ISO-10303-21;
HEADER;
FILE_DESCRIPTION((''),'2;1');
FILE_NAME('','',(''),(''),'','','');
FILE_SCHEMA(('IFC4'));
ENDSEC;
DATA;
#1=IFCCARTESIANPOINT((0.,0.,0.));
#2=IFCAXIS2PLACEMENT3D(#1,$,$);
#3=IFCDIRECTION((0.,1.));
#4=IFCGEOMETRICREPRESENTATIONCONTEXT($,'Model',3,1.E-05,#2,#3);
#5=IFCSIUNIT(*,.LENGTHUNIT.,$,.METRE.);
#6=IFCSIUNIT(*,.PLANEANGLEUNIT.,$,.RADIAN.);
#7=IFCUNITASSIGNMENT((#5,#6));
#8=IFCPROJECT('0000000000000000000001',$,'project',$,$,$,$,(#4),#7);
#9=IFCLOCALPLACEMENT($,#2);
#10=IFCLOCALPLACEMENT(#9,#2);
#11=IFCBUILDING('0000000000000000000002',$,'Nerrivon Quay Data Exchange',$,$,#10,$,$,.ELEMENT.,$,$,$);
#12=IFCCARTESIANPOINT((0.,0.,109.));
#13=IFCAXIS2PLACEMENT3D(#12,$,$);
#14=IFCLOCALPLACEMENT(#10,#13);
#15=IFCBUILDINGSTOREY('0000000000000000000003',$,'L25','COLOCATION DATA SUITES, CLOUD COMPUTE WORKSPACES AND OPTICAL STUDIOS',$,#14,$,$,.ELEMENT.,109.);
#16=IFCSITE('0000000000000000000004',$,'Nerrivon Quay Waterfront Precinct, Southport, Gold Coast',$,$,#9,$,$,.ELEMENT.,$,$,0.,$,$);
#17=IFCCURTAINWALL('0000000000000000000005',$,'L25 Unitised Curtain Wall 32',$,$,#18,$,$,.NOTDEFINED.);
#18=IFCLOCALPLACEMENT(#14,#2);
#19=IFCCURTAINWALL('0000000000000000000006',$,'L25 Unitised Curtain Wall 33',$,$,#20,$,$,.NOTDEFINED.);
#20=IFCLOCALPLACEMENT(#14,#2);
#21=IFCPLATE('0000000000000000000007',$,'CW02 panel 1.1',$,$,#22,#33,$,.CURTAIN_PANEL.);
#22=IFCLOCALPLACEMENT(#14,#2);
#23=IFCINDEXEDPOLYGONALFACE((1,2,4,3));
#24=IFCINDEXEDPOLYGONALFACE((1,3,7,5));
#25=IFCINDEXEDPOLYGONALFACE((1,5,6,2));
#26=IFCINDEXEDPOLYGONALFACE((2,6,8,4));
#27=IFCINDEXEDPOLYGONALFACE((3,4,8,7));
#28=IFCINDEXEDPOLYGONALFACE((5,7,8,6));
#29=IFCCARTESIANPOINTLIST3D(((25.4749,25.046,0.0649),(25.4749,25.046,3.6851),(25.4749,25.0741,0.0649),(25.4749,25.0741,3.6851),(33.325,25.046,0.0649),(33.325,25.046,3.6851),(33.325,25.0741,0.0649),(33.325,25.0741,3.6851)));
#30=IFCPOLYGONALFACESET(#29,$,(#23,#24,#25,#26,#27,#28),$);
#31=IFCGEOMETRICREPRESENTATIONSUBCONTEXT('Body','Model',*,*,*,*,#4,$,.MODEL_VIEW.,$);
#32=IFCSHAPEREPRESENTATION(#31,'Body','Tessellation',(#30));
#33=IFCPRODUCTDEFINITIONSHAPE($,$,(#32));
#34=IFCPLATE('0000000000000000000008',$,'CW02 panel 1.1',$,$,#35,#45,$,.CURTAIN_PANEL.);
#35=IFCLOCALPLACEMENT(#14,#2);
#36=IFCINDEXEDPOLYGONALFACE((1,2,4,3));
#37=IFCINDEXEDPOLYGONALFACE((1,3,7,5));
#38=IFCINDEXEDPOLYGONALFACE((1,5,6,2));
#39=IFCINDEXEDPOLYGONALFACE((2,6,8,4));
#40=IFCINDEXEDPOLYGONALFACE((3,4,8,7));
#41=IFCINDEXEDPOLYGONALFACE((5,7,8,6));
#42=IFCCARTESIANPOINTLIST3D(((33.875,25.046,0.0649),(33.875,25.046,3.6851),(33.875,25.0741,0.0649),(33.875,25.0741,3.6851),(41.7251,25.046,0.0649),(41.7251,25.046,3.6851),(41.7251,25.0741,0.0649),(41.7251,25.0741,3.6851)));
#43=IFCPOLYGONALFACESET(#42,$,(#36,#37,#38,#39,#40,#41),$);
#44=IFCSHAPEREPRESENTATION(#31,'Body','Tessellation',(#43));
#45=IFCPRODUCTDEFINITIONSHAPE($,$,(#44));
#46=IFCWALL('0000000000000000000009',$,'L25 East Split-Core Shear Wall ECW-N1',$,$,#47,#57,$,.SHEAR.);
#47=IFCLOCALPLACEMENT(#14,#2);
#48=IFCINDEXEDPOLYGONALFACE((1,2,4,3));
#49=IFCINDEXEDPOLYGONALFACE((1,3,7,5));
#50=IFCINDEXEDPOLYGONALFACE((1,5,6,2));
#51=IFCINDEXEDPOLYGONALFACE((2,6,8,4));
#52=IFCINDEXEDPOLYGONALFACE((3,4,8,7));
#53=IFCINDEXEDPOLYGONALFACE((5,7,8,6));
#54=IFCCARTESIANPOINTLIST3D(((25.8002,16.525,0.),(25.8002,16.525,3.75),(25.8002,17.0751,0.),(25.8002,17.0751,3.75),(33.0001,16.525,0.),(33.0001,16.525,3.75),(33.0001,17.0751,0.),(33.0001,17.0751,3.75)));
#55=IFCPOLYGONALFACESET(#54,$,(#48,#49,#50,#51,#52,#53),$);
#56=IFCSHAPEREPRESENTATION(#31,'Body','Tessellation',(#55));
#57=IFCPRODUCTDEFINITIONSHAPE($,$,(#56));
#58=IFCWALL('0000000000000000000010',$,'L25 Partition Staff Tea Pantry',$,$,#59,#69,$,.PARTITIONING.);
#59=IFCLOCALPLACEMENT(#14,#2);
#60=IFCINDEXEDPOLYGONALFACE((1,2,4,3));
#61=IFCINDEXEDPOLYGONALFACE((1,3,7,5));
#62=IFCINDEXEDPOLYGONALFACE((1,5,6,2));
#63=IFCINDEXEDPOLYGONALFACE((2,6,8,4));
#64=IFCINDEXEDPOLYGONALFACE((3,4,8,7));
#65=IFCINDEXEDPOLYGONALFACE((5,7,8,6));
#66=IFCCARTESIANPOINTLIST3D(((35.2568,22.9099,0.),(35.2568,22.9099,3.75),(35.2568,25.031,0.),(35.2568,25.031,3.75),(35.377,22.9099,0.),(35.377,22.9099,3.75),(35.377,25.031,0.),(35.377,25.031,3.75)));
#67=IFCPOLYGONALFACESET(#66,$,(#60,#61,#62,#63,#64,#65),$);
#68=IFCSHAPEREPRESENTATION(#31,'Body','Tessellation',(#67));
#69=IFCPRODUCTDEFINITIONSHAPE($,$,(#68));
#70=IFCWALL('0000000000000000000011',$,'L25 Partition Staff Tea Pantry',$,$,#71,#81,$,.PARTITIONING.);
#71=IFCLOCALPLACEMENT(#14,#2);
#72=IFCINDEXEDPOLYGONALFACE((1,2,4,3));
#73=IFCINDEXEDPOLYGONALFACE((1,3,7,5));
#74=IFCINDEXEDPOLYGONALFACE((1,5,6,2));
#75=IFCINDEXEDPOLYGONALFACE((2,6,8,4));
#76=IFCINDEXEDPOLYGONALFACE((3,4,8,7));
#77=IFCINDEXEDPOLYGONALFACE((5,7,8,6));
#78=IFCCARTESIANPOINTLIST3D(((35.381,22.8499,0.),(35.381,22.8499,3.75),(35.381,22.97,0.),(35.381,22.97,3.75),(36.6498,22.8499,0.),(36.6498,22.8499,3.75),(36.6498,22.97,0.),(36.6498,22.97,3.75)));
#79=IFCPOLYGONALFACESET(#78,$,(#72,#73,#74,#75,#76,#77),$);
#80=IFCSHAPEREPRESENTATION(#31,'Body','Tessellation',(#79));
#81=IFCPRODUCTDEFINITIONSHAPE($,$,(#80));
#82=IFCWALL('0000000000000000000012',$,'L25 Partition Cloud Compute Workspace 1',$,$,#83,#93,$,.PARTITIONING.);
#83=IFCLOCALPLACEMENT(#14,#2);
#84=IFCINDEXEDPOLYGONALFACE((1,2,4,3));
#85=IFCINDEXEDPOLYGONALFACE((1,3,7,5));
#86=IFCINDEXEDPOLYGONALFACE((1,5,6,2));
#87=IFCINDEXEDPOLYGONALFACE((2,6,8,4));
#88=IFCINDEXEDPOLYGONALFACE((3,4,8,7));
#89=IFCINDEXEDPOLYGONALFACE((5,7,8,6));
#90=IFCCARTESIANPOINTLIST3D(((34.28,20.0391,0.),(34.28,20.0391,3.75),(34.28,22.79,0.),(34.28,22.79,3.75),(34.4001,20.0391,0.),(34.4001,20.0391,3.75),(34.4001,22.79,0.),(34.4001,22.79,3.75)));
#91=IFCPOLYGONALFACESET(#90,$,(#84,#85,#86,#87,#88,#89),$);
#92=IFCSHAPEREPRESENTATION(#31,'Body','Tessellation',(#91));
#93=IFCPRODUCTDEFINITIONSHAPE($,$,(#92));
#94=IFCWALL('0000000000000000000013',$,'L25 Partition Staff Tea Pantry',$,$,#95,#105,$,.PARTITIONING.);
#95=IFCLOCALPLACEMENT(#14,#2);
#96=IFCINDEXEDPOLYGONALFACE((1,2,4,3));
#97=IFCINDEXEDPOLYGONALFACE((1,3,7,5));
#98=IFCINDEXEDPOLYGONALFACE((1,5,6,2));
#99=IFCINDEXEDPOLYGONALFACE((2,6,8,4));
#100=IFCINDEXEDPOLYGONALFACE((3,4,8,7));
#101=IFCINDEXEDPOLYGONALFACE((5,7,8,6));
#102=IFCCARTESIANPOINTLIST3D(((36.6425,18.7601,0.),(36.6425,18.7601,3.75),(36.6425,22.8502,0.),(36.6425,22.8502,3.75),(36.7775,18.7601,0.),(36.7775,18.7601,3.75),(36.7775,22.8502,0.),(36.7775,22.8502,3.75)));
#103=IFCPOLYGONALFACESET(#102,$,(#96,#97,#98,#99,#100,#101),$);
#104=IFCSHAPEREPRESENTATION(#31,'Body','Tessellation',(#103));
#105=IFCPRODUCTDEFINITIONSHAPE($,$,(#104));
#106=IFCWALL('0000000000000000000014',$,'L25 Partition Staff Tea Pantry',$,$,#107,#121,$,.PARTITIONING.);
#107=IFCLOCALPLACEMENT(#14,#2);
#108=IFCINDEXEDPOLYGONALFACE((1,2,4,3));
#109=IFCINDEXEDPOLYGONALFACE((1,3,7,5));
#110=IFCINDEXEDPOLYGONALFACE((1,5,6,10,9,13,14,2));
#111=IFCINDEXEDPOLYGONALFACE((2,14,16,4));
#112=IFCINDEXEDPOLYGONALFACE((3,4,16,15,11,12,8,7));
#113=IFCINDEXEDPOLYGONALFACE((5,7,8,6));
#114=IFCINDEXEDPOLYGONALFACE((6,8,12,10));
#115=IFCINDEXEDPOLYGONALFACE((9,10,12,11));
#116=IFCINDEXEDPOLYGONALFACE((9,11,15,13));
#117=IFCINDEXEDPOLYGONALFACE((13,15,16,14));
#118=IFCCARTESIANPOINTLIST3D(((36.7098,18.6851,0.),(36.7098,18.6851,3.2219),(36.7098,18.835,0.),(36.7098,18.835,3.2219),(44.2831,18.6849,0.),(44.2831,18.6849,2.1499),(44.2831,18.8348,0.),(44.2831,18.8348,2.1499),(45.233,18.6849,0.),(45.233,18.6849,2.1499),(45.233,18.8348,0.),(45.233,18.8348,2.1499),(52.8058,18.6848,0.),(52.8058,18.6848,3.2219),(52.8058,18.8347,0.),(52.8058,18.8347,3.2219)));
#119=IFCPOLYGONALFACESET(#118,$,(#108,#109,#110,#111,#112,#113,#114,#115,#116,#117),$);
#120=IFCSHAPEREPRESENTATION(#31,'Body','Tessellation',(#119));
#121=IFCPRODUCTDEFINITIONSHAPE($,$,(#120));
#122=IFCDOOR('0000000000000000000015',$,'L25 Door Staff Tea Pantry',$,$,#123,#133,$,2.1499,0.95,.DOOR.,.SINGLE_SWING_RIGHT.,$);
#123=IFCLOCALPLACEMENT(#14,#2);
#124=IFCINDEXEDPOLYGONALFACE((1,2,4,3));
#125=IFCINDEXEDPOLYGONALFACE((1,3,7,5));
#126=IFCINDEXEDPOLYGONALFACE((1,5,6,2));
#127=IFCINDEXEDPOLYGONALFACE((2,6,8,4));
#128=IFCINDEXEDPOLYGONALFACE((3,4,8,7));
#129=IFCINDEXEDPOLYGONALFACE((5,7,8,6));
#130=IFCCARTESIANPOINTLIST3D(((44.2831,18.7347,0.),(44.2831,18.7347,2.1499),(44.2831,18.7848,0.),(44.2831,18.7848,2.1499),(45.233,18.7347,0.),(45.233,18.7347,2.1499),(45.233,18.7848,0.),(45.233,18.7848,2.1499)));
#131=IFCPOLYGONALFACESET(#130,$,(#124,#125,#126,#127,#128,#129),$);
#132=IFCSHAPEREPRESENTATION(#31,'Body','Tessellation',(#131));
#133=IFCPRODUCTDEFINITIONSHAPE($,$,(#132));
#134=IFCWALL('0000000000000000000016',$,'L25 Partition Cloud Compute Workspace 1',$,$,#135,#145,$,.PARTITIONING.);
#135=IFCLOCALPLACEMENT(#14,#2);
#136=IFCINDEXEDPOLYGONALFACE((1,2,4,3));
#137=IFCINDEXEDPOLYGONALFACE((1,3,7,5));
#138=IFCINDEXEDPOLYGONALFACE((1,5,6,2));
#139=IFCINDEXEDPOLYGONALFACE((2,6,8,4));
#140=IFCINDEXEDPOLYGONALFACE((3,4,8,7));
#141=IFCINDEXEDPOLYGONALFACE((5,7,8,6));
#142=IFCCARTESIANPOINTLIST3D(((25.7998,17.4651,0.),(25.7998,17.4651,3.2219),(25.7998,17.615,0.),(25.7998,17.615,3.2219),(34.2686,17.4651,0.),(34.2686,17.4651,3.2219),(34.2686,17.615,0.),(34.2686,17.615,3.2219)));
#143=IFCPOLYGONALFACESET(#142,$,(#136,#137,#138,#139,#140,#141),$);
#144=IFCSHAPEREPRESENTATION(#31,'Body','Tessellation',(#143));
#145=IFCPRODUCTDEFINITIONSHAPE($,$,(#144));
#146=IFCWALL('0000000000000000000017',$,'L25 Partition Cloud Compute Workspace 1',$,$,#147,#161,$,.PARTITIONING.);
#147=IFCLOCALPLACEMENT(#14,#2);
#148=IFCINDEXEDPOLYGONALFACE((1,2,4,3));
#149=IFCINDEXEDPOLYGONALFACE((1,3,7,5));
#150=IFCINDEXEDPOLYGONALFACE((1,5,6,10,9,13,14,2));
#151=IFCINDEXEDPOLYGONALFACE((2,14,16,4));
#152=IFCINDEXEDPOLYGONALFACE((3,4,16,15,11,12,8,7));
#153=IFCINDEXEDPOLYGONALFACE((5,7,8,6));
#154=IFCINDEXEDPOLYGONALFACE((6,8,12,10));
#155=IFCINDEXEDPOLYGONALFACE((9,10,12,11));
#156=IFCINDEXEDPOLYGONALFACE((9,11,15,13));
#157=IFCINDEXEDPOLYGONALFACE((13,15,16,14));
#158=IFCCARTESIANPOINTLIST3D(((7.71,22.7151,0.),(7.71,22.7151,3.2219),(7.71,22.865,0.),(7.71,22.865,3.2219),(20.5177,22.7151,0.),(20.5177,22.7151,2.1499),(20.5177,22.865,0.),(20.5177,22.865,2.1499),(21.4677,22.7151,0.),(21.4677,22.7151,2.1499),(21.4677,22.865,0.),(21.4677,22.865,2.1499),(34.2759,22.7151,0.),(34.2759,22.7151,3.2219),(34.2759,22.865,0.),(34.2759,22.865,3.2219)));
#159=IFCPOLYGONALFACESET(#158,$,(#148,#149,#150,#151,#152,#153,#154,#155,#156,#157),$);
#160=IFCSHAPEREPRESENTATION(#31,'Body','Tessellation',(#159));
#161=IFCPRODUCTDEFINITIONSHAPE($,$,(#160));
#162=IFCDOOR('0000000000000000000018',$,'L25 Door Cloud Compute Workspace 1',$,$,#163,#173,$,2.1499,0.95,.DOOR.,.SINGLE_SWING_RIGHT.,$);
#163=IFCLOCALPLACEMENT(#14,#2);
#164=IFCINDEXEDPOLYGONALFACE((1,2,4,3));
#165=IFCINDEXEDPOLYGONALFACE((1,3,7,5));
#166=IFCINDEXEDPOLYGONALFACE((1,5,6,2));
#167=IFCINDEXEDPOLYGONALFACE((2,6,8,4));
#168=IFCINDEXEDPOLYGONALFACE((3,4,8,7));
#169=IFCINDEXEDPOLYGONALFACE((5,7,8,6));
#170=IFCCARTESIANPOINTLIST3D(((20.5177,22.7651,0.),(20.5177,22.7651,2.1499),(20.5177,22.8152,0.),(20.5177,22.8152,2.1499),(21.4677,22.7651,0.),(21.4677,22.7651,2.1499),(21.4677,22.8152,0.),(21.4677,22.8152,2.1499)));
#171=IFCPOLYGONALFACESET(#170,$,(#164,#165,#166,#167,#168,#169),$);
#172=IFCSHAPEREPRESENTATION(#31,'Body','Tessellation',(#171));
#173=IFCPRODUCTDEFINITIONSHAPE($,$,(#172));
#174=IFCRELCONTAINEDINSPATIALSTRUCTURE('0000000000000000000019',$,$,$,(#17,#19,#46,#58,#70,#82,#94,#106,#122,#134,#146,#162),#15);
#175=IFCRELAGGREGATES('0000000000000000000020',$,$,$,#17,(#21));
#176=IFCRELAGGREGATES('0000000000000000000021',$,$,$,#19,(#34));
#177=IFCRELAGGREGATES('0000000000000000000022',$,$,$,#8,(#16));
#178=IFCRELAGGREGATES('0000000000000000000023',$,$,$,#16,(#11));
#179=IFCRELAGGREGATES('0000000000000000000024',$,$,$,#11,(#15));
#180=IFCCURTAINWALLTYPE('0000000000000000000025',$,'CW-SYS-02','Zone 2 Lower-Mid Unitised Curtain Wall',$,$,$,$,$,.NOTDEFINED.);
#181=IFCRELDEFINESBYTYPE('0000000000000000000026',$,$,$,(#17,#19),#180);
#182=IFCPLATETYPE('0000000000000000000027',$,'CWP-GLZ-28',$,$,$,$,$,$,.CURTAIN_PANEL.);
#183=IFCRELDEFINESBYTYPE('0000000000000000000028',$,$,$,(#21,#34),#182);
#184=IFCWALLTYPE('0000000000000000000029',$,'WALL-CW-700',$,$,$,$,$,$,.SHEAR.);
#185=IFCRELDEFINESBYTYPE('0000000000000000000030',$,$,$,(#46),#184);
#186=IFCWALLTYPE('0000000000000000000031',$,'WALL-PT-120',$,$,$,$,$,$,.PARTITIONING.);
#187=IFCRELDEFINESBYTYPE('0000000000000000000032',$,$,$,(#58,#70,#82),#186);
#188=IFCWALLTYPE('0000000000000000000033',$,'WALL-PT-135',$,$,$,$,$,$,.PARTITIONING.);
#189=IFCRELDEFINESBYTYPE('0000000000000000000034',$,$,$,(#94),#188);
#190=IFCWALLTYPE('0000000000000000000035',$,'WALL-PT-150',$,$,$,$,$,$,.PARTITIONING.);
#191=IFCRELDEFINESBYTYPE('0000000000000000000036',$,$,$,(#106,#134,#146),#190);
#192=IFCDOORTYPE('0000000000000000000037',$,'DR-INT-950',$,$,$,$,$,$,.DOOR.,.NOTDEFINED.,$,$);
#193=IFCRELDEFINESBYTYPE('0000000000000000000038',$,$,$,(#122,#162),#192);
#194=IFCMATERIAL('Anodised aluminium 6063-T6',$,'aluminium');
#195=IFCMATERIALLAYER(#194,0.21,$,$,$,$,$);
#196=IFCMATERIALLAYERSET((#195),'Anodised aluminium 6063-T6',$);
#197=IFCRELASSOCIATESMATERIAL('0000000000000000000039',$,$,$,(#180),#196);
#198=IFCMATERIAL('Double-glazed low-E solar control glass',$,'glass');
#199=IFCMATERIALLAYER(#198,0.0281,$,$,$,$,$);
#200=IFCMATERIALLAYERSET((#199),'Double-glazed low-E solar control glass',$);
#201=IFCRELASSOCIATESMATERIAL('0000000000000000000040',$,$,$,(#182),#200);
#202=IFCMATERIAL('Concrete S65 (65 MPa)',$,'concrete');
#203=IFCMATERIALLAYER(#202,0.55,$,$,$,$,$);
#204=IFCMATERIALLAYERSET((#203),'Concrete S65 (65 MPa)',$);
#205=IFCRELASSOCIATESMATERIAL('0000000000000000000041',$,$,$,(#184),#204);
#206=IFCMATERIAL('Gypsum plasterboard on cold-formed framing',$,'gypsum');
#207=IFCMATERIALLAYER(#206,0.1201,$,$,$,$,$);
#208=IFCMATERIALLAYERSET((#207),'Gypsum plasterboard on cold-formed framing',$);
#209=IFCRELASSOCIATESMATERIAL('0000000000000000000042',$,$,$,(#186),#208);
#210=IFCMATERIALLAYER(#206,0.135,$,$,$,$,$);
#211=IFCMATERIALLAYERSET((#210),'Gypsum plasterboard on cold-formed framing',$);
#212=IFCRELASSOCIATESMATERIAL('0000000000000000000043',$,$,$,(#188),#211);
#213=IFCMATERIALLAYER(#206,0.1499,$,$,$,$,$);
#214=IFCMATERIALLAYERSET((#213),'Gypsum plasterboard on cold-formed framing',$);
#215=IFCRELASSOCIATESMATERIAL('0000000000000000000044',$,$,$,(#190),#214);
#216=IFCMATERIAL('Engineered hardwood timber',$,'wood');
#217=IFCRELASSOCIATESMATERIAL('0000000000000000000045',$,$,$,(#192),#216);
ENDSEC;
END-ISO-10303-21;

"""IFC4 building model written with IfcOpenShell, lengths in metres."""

from ifc_helpers import new_model, si_unit, direction, frame, frame_2d, origin, origin_2d, place, context, subcontext, project, spatial, rectangle, extrude, material, layer, layer_set, type_object, element, fill, aggregate, save


model = new_model("IFC4")

# Units and contexts
model_context = context("Model", 3, precision=1e-05, world=origin(), true_north=direction((0.0, 1.0)))
body_context = subcontext(model_context, "Body", "Model", "MODEL_VIEW")
ifc_project = project(units=[si_unit("LENGTHUNIT", "METRE"), si_unit("PLANEANGLEUNIT", "RADIAN")], contexts=[model_context])

# Site, building, storey
site_placement = place(None, origin())
site = spatial("IfcSite", under=ifc_project, at=site_placement, Name="Nerrivon Quay Waterfront Precinct, Southport, Gold Coast", CompositionType="ELEMENT", RefElevation=0.0)
building_placement = place(site_placement, origin())
building = spatial("IfcBuilding", under=site, at=building_placement, Name="Nerrivon Quay Data Exchange", CompositionType="ELEMENT")
storey_placement = place(building_placement, frame((0.0, 0.0, 109.0)))
storey = spatial("IfcBuildingStorey", under=building, at=storey_placement, Name="L25", Description="COLOCATION DATA SUITES, CLOUD COMPUTE WORKSPACES AND OPTICAL STUDIOS", CompositionType="ELEMENT", Elevation=109.0)

# Shared definitions
ifc_material_1 = material(Name="Concrete S65 (65 MPa)", Category="concrete")

# Curtain wall
ifc_material_2 = material(Name="Anodised aluminium 6063-T6", Category="aluminium")
ifc_layer_1 = layer(ifc_material_2, 0.21)
ifc_layer_set_1 = layer_set([ifc_layer_1], Name="Anodised aluminium 6063-T6")
curtain_wall_type = type_object("IfcCurtainWallType", Name="CW-SYS-02", Description="Zone 2 Lower-Mid Unitised Curtain Wall", PredefinedType="NOTDEFINED", material=ifc_layer_set_1)
curtain_wall_1_placement = place(storey_placement, origin())
curtain_wall_1 = element("IfcCurtainWall", 1, at=curtain_wall_1_placement, inside=storey, type_object=curtain_wall_type, Name="L25 Unitised Curtain Wall 32", PredefinedType="NOTDEFINED")

# Curtain wall
curtain_wall_2_placement = place(storey_placement, origin())
curtain_wall_2 = element("IfcCurtainWall", 2, at=curtain_wall_2_placement, inside=storey, type_object=curtain_wall_type, Name="L25 Unitised Curtain Wall 33", PredefinedType="NOTDEFINED")

# Plates
ifc_material_3 = material(Name="Double-glazed low-E solar control glass", Category="glass")
ifc_layer_2 = layer(ifc_material_3, 0.0281)
ifc_layer_set_2 = layer_set([ifc_layer_2], Name="Double-glazed low-E solar control glass")
plate_type = type_object("IfcPlateType", Name="CWP-GLZ-28", PredefinedType="CURTAIN_PANEL", material=ifc_layer_set_2)
plate_1_placement = place(storey_placement, frame((29.3999, 25.0601, 0.0649), z_axis=(0.0, 0.0, 1.0), x_axis=(1.0, 0.0, 0.0)))
plate_1 = element("IfcPlate", 3, at=plate_1_placement, type_object=plate_type, Name="CW02 panel 1.1", PredefinedType="CURTAIN_PANEL", context=body_context, shape_type="SweptSolid", body=[
    extrude(rectangle(XDim=7.8501, YDim=0.0281, at=origin_2d()), origin(), (0.0, 0.0, 1.0), 3.6201),
])
aggregate(curtain_wall_1, [plate_1])
plate_2_placement = place(storey_placement, frame((37.8, 25.0601, 0.0649), z_axis=(0.0, 0.0, 1.0), x_axis=(1.0, 0.0, 0.0)))
plate_2 = element("IfcPlate", 4, at=plate_2_placement, type_object=plate_type, Name="CW02 panel 1.1", PredefinedType="CURTAIN_PANEL", context=body_context, shape_type="SweptSolid", body=[
    extrude(rectangle(XDim=7.8501, YDim=0.0281, at=origin_2d()), origin(), (0.0, 0.0, 1.0), 3.6201),
])
aggregate(curtain_wall_2, [plate_2])

# Walls
ifc_layer_3 = layer(ifc_material_1, 0.55)
ifc_layer_set_3 = layer_set([ifc_layer_3], Name="Concrete S65 (65 MPa)")
wall_type_1 = type_object("IfcWallType", Name="WALL-CW-700", PredefinedType="SHEAR", material=ifc_layer_set_3)
wall_1_placement = place(storey_placement, frame((25.8, 16.8, 0.0), z_axis=(0.0, 0.0, 1.0), x_axis=(1.0, 0.0, 0.0)))
element("IfcWall", 5, at=wall_1_placement, inside=storey, type_object=wall_type_1, Name="L25 East Split-Core Shear Wall ECW-N1", PredefinedType="SHEAR", context=body_context, shape_type="SweptSolid", body=[
    extrude(rectangle(XDim=7.2, YDim=0.55, at=frame_2d((3.6001, 0.0))), origin(), (0.0, 0.0, 1.0), 3.75),
])
ifc_material_4 = material(Name="Gypsum plasterboard on cold-formed framing", Category="gypsum")
ifc_layer_4 = layer(ifc_material_4, 0.1201)
ifc_layer_set_4 = layer_set([ifc_layer_4], Name="Gypsum plasterboard on cold-formed framing")
wall_type_2 = type_object("IfcWallType", Name="WALL-PT-120", PredefinedType="PARTITIONING", material=ifc_layer_set_4)
wall_2_placement = place(storey_placement, frame((35.3169, 25.031, 0.0), z_axis=(0.0, 0.0, 1.0), x_axis=(0.0, -1.0, 0.0)))
element("IfcWall", 6, at=wall_2_placement, inside=storey, type_object=wall_type_2, Name="L25 Partition Staff Tea Pantry", PredefinedType="PARTITIONING", context=body_context, shape_type="SweptSolid", body=[
    extrude(rectangle(XDim=2.1211, YDim=0.1201, at=frame_2d((1.0605, 0.0))), origin(), (0.0, 0.0, 1.0), 3.75),
])
wall_3_placement = place(storey_placement, frame((35.3811, 22.9099, 0.0), z_axis=(0.0, 0.0, 1.0), x_axis=(1.0, 0.0, 0.0)))
element("IfcWall", 7, at=wall_3_placement, inside=storey, type_object=wall_type_2, Name="L25 Partition Staff Tea Pantry", PredefinedType="PARTITIONING", context=body_context, shape_type="SweptSolid", body=[
    extrude(rectangle(XDim=1.2688, YDim=0.1201, at=frame_2d((0.6343, 0.0))), origin(), (0.0, 0.0, 1.0), 3.75),
])
wall_4_placement = place(storey_placement, frame((34.3401, 20.0391, 0.0), z_axis=(0.0, 0.0, 1.0), x_axis=(0.0, 1.0, 0.0)))
element("IfcWall", 8, at=wall_4_placement, inside=storey, type_object=wall_type_2, Name="L25 Partition Cloud Compute Workspace 1", PredefinedType="PARTITIONING", context=body_context, shape_type="SweptSolid", body=[
    extrude(rectangle(XDim=2.751, YDim=0.1201, at=frame_2d((1.3755, 0.0))), origin(), (0.0, 0.0, 1.0), 3.75),
])
ifc_layer_5 = layer(ifc_material_4, 0.135)
ifc_layer_set_5 = layer_set([ifc_layer_5], Name="Gypsum plasterboard on cold-formed framing")
wall_type_3 = type_object("IfcWallType", Name="WALL-PT-135", PredefinedType="PARTITIONING", material=ifc_layer_set_5)
wall_5_placement = place(storey_placement, frame((36.71, 22.8501, 0.0), z_axis=(0.0, 0.0, 1.0), x_axis=(0.0, -1.0, 0.0)))
element("IfcWall", 9, at=wall_5_placement, inside=storey, type_object=wall_type_3, Name="L25 Partition Staff Tea Pantry", PredefinedType="PARTITIONING", context=body_context, shape_type="SweptSolid", body=[
    extrude(rectangle(XDim=4.0901, YDim=0.135, at=frame_2d((2.0449, 0.0))), origin(), (0.0, 0.0, 1.0), 3.75),
])

# Wall, opening, door
ifc_layer_6 = layer(ifc_material_4, 0.1499)
ifc_layer_set_6 = layer_set([ifc_layer_6], Name="Gypsum plasterboard on cold-formed framing")
wall_type_4 = type_object("IfcWallType", Name="WALL-PT-150", PredefinedType="PARTITIONING", material=ifc_layer_set_6)
wall_6_placement = place(storey_placement, frame((36.71, 18.76, 0.0), z_axis=(0.0, 0.0, 1.0), x_axis=(1.0, -0.000015, 0.0)))
wall_6 = element("IfcWall", 10, at=wall_6_placement, inside=storey, type_object=wall_type_4, Name="L25 Partition Staff Tea Pantry", PredefinedType="PARTITIONING", context=body_context, shape_type="SweptSolid", body=[
    extrude(rectangle(XDim=16.0959, YDim=0.1499, at=frame_2d((8.0479, 0.0))), origin(), (0.0, 0.0, 1.0), 3.2219),
])
opening_1_placement = place(wall_6_placement, frame((7.573, 0.0, 0.0)))
opening_1 = element("IfcOpeningElement", 11, at=opening_1_placement, cuts=wall_6, PredefinedType="OPENING", context=body_context, shape_type="SweptSolid", body=[
    extrude(rectangle(XDim=0.95, YDim=2.1499, at=frame_2d((0.4751, 1.075))), frame((0.0, 0.085, 0.0), z_axis=(0.0, -1.0, 0.0), x_axis=(1.0, 0.0, 0.0)), (0.0, 0.0, 1.0), 0.1699),
])
ifc_material_5 = material(Name="Engineered hardwood timber", Category="wood")
door_type = type_object("IfcDoorType", Name="DR-INT-950", OperationType="NOTDEFINED", PredefinedType="DOOR", material=ifc_material_5)
door_1_placement = place(opening_1_placement, origin())
door_1 = element("IfcDoor", 12, at=door_1_placement, inside=storey, type_object=door_type, Name="L25 Door Staff Tea Pantry", OperationType="SINGLE_SWING_RIGHT", OverallHeight=2.1499, OverallWidth=0.95, PredefinedType="DOOR", context=body_context, shape_type="SweptSolid", body=[
    extrude(rectangle(XDim=0.95, YDim=2.1499, at=frame_2d((0.4751, 1.075))), frame((0.0, 0.0249, 0.0), z_axis=(0.0, -1.0, 0.0), x_axis=(1.0, 0.0, 0.0)), (0.0, 0.0, 1.0), 0.05),
])
fill(opening_1, door_1)

# Wall
wall_7_placement = place(storey_placement, frame((34.2686, 17.54, 0.0), z_axis=(0.0, 0.0, 1.0), x_axis=(-1.0, 0.0, 0.0)))
element("IfcWall", 13, at=wall_7_placement, inside=storey, type_object=wall_type_4, Name="L25 Partition Cloud Compute Workspace 1", PredefinedType="PARTITIONING", context=body_context, shape_type="SweptSolid", body=[
    extrude(rectangle(XDim=8.4688, YDim=0.1499, at=frame_2d((4.2344, 0.0))), origin(), (0.0, 0.0, 1.0), 3.2219),
])

# Wall, opening, door
wall_8_placement = place(storey_placement, frame((34.2759, 22.79, 0.0), z_axis=(0.0, 0.0, 1.0), x_axis=(-1.0, 0.0, 0.0)))
wall_8 = element("IfcWall", 14, at=wall_8_placement, inside=storey, type_object=wall_type_4, Name="L25 Partition Cloud Compute Workspace 1", PredefinedType="PARTITIONING", context=body_context, shape_type="SweptSolid", body=[
    extrude(rectangle(XDim=26.5659, YDim=0.1499, at=frame_2d((13.283, 0.0))), origin(), (0.0, 0.0, 1.0), 3.2219),
])
opening_2_placement = place(wall_8_placement, frame((12.8081, 0.0, 0.0)))
opening_2 = element("IfcOpeningElement", 15, at=opening_2_placement, cuts=wall_8, PredefinedType="OPENING", context=body_context, shape_type="SweptSolid", body=[
    extrude(rectangle(XDim=0.95, YDim=2.1499, at=frame_2d((0.4751, 1.075))), frame((0.0, 0.085, 0.0), z_axis=(0.0, -1.0, 0.0), x_axis=(1.0, 0.0, 0.0)), (0.0, 0.0, 1.0), 0.1699),
])
door_2_placement = place(opening_2_placement, origin())
door_2 = element("IfcDoor", 16, at=door_2_placement, inside=storey, type_object=door_type, Name="L25 Door Cloud Compute Workspace 1", OperationType="SINGLE_SWING_RIGHT", OverallHeight=2.1499, OverallWidth=0.95, PredefinedType="DOOR", context=body_context, shape_type="SweptSolid", body=[
    extrude(rectangle(XDim=0.95, YDim=2.1499, at=frame_2d((0.4751, 1.075))), frame((0.0, 0.0249, 0.0), z_axis=(0.0, -1.0, 0.0), x_axis=(1.0, 0.0, 0.0)), (0.0, 0.0, 1.0), 0.05),
])
fill(opening_2, door_2)

save(model, "model.ifc")
